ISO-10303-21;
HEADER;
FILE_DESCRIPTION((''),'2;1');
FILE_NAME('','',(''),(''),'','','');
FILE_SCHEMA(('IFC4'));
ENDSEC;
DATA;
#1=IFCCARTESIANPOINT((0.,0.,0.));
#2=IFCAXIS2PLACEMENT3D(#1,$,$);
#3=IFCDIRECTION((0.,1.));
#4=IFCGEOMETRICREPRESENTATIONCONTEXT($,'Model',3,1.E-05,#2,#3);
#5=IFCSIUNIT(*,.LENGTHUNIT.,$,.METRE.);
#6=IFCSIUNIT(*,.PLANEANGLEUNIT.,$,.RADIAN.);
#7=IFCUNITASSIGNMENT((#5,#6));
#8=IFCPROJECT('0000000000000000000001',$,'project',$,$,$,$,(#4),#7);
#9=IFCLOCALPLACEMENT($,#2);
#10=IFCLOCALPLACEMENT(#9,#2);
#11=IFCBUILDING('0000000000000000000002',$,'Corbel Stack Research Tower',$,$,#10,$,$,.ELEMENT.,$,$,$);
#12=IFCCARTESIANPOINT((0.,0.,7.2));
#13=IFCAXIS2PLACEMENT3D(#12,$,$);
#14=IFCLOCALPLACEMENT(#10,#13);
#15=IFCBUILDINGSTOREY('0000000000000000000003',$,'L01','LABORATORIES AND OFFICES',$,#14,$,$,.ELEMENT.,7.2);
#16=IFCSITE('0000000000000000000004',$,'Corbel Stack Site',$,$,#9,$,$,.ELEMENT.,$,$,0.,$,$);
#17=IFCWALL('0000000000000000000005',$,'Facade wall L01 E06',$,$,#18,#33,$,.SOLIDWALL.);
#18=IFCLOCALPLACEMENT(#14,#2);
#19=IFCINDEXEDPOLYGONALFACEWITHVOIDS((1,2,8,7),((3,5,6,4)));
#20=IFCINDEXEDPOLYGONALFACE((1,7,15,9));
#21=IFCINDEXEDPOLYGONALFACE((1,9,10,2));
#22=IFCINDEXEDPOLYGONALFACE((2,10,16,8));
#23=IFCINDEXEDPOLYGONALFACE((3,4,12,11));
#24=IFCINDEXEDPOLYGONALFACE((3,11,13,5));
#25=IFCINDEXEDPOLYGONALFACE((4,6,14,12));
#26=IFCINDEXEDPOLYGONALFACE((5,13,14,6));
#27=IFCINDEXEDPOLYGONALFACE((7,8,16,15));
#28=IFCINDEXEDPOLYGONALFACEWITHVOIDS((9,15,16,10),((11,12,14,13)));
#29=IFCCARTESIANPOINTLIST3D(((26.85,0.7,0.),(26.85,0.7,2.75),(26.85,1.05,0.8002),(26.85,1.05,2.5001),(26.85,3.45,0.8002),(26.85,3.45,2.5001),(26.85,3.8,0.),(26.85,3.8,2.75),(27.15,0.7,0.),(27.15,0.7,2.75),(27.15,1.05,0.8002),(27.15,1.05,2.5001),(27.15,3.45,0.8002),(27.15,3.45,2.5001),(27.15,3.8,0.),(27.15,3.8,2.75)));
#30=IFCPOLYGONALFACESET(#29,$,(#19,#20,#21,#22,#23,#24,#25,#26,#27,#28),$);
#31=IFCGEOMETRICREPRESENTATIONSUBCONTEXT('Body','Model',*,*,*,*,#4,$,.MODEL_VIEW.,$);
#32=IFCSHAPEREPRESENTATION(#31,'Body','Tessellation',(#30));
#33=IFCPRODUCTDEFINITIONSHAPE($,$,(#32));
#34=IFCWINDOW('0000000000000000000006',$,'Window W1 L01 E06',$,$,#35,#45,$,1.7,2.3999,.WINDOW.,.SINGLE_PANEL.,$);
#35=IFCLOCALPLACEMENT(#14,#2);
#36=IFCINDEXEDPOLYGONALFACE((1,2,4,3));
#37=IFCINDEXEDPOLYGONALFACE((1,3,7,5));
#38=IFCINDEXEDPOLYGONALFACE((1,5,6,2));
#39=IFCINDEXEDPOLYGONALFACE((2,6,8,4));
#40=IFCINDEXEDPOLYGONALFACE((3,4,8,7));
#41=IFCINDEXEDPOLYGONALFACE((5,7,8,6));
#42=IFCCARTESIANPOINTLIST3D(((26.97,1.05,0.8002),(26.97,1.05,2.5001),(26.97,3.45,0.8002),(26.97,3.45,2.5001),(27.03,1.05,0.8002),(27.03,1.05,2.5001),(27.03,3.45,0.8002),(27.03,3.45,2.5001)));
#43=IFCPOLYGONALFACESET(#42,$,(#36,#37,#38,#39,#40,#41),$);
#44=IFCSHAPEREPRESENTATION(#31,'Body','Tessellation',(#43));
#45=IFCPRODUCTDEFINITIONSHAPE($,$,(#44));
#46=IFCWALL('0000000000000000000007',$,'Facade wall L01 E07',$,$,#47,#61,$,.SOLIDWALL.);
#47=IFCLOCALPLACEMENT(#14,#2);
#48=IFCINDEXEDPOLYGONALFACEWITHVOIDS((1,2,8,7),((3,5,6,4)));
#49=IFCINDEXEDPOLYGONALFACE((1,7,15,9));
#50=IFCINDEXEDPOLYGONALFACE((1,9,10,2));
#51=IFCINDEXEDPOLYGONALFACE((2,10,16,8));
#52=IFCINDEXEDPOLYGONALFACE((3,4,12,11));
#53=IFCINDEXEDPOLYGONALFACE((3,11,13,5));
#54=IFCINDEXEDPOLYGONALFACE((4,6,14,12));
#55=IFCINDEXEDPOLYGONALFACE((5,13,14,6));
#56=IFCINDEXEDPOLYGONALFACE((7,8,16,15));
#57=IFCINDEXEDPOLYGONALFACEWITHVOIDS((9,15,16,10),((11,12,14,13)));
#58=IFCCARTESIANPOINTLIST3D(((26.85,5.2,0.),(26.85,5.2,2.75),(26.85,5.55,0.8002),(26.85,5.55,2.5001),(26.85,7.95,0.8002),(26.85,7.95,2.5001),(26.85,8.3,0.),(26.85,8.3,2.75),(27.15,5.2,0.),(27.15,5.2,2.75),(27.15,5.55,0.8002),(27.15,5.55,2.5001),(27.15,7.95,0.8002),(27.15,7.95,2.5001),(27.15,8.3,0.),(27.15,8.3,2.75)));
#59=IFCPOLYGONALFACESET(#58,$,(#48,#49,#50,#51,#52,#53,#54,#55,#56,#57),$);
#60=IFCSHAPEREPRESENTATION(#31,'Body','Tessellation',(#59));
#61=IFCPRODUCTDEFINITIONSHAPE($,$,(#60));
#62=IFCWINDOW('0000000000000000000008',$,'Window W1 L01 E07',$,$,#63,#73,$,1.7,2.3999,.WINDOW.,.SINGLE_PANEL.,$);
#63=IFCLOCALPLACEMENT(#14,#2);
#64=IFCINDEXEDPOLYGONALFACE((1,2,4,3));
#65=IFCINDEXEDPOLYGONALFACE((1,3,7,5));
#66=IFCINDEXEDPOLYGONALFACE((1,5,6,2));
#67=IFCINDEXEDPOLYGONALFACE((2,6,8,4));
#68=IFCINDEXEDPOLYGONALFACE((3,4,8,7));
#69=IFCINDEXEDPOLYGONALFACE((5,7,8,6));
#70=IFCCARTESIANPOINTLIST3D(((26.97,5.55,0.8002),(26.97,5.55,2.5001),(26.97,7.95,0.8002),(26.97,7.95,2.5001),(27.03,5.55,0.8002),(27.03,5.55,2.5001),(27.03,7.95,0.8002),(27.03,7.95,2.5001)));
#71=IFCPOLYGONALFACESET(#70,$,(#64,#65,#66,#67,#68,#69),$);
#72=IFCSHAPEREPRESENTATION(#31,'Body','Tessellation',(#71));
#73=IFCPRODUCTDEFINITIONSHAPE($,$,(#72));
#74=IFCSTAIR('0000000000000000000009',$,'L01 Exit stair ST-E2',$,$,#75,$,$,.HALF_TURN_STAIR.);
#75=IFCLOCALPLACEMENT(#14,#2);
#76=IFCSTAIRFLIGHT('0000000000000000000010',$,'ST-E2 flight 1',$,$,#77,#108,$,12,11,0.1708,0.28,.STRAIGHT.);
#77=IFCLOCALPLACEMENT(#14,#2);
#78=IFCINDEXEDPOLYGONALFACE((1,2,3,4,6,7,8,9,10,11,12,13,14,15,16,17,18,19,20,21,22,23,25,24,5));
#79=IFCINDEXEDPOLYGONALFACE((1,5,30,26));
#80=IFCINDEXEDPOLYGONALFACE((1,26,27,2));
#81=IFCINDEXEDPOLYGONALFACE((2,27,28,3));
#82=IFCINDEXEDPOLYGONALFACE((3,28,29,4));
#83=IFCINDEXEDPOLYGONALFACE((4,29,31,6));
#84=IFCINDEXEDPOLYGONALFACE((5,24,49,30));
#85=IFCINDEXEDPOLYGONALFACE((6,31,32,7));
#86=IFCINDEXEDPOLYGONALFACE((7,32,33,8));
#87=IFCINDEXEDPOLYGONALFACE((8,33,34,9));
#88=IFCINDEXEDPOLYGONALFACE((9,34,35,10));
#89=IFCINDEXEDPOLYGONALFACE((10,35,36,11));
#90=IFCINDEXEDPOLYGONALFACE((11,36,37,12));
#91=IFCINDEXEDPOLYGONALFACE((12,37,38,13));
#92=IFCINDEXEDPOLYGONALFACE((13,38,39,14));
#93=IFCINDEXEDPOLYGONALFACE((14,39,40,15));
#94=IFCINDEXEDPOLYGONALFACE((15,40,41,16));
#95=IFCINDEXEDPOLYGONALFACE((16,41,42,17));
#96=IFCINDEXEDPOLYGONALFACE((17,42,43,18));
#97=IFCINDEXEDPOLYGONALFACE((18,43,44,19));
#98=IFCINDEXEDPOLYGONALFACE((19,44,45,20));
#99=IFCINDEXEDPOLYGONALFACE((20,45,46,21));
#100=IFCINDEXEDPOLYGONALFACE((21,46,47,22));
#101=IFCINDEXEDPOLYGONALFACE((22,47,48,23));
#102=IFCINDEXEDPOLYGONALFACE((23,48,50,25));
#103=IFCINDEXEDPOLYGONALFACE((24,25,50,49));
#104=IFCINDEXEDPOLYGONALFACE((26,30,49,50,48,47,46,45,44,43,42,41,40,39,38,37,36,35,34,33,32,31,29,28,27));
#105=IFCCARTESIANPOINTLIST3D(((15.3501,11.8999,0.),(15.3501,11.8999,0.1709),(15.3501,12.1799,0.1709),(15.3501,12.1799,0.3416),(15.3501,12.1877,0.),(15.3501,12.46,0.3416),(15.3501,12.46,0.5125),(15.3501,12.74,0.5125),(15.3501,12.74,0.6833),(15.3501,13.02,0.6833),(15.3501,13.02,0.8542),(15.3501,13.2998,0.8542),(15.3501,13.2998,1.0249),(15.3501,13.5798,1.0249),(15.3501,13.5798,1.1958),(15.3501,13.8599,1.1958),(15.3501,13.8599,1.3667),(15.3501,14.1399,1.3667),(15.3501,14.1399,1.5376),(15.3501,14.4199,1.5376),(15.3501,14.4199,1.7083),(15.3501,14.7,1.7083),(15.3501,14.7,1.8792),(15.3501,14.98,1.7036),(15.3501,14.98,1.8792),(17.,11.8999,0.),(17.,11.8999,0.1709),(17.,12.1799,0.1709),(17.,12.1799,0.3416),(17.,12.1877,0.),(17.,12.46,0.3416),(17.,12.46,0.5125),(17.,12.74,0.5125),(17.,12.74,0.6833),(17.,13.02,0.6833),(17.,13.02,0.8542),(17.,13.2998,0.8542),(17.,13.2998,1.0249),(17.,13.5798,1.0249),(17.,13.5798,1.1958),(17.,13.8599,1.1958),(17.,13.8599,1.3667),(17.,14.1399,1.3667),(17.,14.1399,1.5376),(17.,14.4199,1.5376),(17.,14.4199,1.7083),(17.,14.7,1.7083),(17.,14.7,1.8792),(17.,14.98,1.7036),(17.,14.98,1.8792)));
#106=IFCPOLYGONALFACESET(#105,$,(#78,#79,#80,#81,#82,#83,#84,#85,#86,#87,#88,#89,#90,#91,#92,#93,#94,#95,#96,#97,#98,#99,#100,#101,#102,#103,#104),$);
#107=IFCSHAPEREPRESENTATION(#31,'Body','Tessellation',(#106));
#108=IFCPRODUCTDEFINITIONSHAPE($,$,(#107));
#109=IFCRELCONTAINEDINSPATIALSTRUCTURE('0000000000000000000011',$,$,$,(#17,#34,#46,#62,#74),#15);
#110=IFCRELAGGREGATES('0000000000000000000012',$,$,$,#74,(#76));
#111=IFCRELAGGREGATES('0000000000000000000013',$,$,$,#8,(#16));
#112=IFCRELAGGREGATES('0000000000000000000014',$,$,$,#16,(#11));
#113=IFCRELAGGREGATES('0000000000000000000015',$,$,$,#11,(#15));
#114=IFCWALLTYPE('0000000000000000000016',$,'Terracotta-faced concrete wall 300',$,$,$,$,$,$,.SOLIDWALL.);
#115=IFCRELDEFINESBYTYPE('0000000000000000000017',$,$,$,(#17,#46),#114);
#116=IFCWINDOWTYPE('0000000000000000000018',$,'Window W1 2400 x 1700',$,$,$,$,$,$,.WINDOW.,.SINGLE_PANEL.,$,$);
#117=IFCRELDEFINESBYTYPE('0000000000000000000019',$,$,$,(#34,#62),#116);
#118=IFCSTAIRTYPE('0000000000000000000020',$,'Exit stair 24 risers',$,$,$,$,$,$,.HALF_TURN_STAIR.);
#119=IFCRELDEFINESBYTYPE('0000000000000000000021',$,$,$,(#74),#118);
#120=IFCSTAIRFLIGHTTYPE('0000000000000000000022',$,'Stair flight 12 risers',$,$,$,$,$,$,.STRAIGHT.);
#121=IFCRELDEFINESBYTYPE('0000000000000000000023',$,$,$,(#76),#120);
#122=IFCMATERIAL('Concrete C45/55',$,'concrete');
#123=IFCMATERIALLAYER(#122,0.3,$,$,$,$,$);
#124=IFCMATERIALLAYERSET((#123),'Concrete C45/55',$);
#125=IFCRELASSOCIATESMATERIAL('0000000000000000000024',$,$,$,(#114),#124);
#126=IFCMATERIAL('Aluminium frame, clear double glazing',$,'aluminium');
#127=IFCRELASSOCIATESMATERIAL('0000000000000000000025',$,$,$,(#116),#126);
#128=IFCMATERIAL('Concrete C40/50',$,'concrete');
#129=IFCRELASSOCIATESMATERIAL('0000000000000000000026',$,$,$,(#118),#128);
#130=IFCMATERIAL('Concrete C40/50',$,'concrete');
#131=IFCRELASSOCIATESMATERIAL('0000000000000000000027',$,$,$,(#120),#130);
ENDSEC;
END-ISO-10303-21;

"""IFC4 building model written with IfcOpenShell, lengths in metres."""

from ifc_helpers import new_model, si_unit, direction, frame, frame_2d, origin, place, context, subcontext, project, spatial, polyline, rectangle, outline, extrude, material, layer, layer_set, type_object, element, fill, aggregate, save


model = new_model("IFC4")

# Units and contexts
model_context = context("Model", 3, precision=1e-05, world=origin(), true_north=direction((0.0, 1.0)))
body_context = subcontext(model_context, "Body", "Model", "MODEL_VIEW")
ifc_project = project(units=[si_unit("LENGTHUNIT", "METRE"), si_unit("PLANEANGLEUNIT", "RADIAN")], contexts=[model_context])

# Site, building, storey
site_placement = place(None, origin())
site = spatial("IfcSite", under=ifc_project, at=site_placement, Name="Corbel Stack Site", CompositionType="ELEMENT", RefElevation=0.0)
building_placement = place(site_placement, origin())
building = spatial("IfcBuilding", under=site, at=building_placement, Name="Corbel Stack Research Tower", CompositionType="ELEMENT")
storey_placement = place(building_placement, frame((0.0, 0.0, 7.2)))
storey = spatial("IfcBuildingStorey", under=building, at=storey_placement, Name="L01", Description="LABORATORIES AND OFFICES", CompositionType="ELEMENT", Elevation=7.2)

# Walls, openings, windows
ifc_material_1 = material(Name="Concrete C45/55", Category="concrete")
ifc_layer_1 = layer(ifc_material_1, 0.3)
ifc_layer_set_1 = layer_set([ifc_layer_1], Name="Concrete C45/55")
wall_type_1 = type_object("IfcWallType", Name="Terracotta-faced concrete wall 300", PredefinedType="SOLIDWALL", material=ifc_layer_set_1)
ifc_material_2 = material(Name="Aluminium frame, clear double glazing", Category="aluminium")
window_type = type_object("IfcWindowType", Name="Window W1 2400 x 1700", PartitioningType="SINGLE_PANEL", PredefinedType="WINDOW", material=ifc_material_2)
wall_1_placement = place(storey_placement, frame((27.0, 3.8, 0.0), z_axis=(0.0, 0.0, 1.0), x_axis=(0.0, -1.0, 0.0)))
wall_1 = element("IfcWall", 1, at=wall_1_placement, inside=storey, type_object=wall_type_1, Name="Facade wall L01 E06", PredefinedType="SOLIDWALL", context=body_context, shape_type="SweptSolid", body=[
    extrude(rectangle(XDim=3.1001, YDim=0.3, at=frame_2d((1.55, 0.0))), origin(), (0.0, 0.0, 1.0), 2.75),
])
opening_1_placement = place(wall_1_placement, frame((0.3501, 0.0, 0.8)))
opening_1 = element("IfcOpeningElement", 2, at=opening_1_placement, cuts=wall_1, PredefinedType="OPENING", context=body_context, shape_type="SweptSolid", body=[
    extrude(rectangle(XDim=2.3999, YDim=1.7, at=frame_2d((1.2, 0.8501))), frame((0.0, 0.1599, 0.0), z_axis=(0.0, -1.0, 0.0), x_axis=(1.0, 0.0, 0.0)), (0.0, 0.0, 1.0), 0.3201),
])
window_1_placement = place(opening_1_placement, origin())
window_1 = element("IfcWindow", 3, at=window_1_placement, inside=storey, type_object=window_type, Name="Window W1 L01 E06", OverallHeight=1.7, OverallWidth=2.3999, PartitioningType="SINGLE_PANEL", PredefinedType="WINDOW", context=body_context, shape_type="SweptSolid", body=[
    extrude(rectangle(XDim=2.3999, YDim=1.7, at=frame_2d((1.2, 0.8501))), frame((0.0, 0.03, 0.0), z_axis=(0.0, -1.0, 0.0), x_axis=(1.0, 0.0, 0.0)), (0.0, 0.0, 1.0), 0.0601),
])
fill(opening_1, window_1)
wall_2_placement = place(storey_placement, frame((27.0, 8.3, 0.0), z_axis=(0.0, 0.0, 1.0), x_axis=(0.0, -1.0, 0.0)))
wall_2 = element("IfcWall", 4, at=wall_2_placement, inside=storey, type_object=wall_type_1, Name="Facade wall L01 E07", PredefinedType="SOLIDWALL", context=body_context, shape_type="SweptSolid", body=[
    extrude(rectangle(XDim=3.1001, YDim=0.3, at=frame_2d((1.55, 0.0))), origin(), (0.0, 0.0, 1.0), 2.75),
])
opening_2_placement = place(wall_2_placement, frame((0.3501, 0.0, 0.8)))
opening_2 = element("IfcOpeningElement", 5, at=opening_2_placement, cuts=wall_2, PredefinedType="OPENING", context=body_context, shape_type="SweptSolid", body=[
    extrude(rectangle(XDim=2.3999, YDim=1.7, at=frame_2d((1.2, 0.8501))), frame((0.0, 0.1599, 0.0), z_axis=(0.0, -1.0, 0.0), x_axis=(1.0, 0.0, 0.0)), (0.0, 0.0, 1.0), 0.3201),
])
window_2_placement = place(opening_2_placement, origin())
window_2 = element("IfcWindow", 6, at=window_2_placement, inside=storey, type_object=window_type, Name="Window W1 L01 E07", OverallHeight=1.7, OverallWidth=2.3999, PartitioningType="SINGLE_PANEL", PredefinedType="WINDOW", context=body_context, shape_type="SweptSolid", body=[
    extrude(rectangle(XDim=2.3999, YDim=1.7, at=frame_2d((1.2, 0.8501))), frame((0.0, 0.03, 0.0), z_axis=(0.0, -1.0, 0.0), x_axis=(1.0, 0.0, 0.0)), (0.0, 0.0, 1.0), 0.0601),
])
fill(opening_2, window_2)

# Stair, stair flight
ifc_material_3 = material(Name="Concrete C40/50", Category="concrete")
stair_type = type_object("IfcStairType", Name="Exit stair 24 risers", PredefinedType="HALF_TURN_STAIR", material=ifc_material_3)
stair_placement = place(storey_placement, origin())
stair = element("IfcStair", 7, at=stair_placement, inside=storey, type_object=stair_type, Name="L01 Exit stair ST-E2", PredefinedType="HALF_TURN_STAIR")
ifc_material_4 = material(Name="Concrete C40/50", Category="concrete")
stair_flight_type = type_object("IfcStairFlightType", Name="Stair flight 12 risers", PredefinedType="STRAIGHT", material=ifc_material_4)
stair_flight_placement = place(storey_placement, frame((16.175, 11.8999, 0.0), z_axis=(0.0, 0.0, 1.0), x_axis=(0.0, 1.0, 0.0)))
stair_flight = element("IfcStairFlight", 8, at=stair_flight_placement, type_object=stair_flight_type, Name="ST-E2 flight 1", NumberOfRisers=12, NumberOfTreads=11, PredefinedType="STRAIGHT", RiserHeight=0.1708, TreadLength=0.28, context=body_context, shape_type="SweptSolid", body=[
    extrude(outline(polyline([(0.0, 0.0), (0.0, 0.1709), (0.28, 0.1709), (0.28, 0.3416), (0.5601, 0.3416), (0.5601, 0.5125), (0.8401, 0.5125), (0.8401, 0.6833), (1.1201, 0.6833), (1.1201, 0.8542), (1.3999, 0.8542), (1.3999, 1.0249), (1.6799, 1.0249), (1.6799, 1.1958), (1.96, 1.1958), (1.96, 1.3667), (2.24, 1.3667), (2.24, 1.5376), (2.52, 1.5376), (2.52, 1.7083), (2.8, 1.7083), (2.8, 1.8792), (3.0801, 1.8792), (3.0801, 2.05), (3.0801, 1.7036), (0.2878, 0.0), (0.0, 0.0)])), frame((0.0, 0.825, 0.0), z_axis=(0.0, -1.0, 0.0), x_axis=(1.0, 0.0, 0.0)), (0.0, 0.0, 1.0), 1.6499),
])
aggregate(stair, [stair_flight])

save(model, "model.ifc")
